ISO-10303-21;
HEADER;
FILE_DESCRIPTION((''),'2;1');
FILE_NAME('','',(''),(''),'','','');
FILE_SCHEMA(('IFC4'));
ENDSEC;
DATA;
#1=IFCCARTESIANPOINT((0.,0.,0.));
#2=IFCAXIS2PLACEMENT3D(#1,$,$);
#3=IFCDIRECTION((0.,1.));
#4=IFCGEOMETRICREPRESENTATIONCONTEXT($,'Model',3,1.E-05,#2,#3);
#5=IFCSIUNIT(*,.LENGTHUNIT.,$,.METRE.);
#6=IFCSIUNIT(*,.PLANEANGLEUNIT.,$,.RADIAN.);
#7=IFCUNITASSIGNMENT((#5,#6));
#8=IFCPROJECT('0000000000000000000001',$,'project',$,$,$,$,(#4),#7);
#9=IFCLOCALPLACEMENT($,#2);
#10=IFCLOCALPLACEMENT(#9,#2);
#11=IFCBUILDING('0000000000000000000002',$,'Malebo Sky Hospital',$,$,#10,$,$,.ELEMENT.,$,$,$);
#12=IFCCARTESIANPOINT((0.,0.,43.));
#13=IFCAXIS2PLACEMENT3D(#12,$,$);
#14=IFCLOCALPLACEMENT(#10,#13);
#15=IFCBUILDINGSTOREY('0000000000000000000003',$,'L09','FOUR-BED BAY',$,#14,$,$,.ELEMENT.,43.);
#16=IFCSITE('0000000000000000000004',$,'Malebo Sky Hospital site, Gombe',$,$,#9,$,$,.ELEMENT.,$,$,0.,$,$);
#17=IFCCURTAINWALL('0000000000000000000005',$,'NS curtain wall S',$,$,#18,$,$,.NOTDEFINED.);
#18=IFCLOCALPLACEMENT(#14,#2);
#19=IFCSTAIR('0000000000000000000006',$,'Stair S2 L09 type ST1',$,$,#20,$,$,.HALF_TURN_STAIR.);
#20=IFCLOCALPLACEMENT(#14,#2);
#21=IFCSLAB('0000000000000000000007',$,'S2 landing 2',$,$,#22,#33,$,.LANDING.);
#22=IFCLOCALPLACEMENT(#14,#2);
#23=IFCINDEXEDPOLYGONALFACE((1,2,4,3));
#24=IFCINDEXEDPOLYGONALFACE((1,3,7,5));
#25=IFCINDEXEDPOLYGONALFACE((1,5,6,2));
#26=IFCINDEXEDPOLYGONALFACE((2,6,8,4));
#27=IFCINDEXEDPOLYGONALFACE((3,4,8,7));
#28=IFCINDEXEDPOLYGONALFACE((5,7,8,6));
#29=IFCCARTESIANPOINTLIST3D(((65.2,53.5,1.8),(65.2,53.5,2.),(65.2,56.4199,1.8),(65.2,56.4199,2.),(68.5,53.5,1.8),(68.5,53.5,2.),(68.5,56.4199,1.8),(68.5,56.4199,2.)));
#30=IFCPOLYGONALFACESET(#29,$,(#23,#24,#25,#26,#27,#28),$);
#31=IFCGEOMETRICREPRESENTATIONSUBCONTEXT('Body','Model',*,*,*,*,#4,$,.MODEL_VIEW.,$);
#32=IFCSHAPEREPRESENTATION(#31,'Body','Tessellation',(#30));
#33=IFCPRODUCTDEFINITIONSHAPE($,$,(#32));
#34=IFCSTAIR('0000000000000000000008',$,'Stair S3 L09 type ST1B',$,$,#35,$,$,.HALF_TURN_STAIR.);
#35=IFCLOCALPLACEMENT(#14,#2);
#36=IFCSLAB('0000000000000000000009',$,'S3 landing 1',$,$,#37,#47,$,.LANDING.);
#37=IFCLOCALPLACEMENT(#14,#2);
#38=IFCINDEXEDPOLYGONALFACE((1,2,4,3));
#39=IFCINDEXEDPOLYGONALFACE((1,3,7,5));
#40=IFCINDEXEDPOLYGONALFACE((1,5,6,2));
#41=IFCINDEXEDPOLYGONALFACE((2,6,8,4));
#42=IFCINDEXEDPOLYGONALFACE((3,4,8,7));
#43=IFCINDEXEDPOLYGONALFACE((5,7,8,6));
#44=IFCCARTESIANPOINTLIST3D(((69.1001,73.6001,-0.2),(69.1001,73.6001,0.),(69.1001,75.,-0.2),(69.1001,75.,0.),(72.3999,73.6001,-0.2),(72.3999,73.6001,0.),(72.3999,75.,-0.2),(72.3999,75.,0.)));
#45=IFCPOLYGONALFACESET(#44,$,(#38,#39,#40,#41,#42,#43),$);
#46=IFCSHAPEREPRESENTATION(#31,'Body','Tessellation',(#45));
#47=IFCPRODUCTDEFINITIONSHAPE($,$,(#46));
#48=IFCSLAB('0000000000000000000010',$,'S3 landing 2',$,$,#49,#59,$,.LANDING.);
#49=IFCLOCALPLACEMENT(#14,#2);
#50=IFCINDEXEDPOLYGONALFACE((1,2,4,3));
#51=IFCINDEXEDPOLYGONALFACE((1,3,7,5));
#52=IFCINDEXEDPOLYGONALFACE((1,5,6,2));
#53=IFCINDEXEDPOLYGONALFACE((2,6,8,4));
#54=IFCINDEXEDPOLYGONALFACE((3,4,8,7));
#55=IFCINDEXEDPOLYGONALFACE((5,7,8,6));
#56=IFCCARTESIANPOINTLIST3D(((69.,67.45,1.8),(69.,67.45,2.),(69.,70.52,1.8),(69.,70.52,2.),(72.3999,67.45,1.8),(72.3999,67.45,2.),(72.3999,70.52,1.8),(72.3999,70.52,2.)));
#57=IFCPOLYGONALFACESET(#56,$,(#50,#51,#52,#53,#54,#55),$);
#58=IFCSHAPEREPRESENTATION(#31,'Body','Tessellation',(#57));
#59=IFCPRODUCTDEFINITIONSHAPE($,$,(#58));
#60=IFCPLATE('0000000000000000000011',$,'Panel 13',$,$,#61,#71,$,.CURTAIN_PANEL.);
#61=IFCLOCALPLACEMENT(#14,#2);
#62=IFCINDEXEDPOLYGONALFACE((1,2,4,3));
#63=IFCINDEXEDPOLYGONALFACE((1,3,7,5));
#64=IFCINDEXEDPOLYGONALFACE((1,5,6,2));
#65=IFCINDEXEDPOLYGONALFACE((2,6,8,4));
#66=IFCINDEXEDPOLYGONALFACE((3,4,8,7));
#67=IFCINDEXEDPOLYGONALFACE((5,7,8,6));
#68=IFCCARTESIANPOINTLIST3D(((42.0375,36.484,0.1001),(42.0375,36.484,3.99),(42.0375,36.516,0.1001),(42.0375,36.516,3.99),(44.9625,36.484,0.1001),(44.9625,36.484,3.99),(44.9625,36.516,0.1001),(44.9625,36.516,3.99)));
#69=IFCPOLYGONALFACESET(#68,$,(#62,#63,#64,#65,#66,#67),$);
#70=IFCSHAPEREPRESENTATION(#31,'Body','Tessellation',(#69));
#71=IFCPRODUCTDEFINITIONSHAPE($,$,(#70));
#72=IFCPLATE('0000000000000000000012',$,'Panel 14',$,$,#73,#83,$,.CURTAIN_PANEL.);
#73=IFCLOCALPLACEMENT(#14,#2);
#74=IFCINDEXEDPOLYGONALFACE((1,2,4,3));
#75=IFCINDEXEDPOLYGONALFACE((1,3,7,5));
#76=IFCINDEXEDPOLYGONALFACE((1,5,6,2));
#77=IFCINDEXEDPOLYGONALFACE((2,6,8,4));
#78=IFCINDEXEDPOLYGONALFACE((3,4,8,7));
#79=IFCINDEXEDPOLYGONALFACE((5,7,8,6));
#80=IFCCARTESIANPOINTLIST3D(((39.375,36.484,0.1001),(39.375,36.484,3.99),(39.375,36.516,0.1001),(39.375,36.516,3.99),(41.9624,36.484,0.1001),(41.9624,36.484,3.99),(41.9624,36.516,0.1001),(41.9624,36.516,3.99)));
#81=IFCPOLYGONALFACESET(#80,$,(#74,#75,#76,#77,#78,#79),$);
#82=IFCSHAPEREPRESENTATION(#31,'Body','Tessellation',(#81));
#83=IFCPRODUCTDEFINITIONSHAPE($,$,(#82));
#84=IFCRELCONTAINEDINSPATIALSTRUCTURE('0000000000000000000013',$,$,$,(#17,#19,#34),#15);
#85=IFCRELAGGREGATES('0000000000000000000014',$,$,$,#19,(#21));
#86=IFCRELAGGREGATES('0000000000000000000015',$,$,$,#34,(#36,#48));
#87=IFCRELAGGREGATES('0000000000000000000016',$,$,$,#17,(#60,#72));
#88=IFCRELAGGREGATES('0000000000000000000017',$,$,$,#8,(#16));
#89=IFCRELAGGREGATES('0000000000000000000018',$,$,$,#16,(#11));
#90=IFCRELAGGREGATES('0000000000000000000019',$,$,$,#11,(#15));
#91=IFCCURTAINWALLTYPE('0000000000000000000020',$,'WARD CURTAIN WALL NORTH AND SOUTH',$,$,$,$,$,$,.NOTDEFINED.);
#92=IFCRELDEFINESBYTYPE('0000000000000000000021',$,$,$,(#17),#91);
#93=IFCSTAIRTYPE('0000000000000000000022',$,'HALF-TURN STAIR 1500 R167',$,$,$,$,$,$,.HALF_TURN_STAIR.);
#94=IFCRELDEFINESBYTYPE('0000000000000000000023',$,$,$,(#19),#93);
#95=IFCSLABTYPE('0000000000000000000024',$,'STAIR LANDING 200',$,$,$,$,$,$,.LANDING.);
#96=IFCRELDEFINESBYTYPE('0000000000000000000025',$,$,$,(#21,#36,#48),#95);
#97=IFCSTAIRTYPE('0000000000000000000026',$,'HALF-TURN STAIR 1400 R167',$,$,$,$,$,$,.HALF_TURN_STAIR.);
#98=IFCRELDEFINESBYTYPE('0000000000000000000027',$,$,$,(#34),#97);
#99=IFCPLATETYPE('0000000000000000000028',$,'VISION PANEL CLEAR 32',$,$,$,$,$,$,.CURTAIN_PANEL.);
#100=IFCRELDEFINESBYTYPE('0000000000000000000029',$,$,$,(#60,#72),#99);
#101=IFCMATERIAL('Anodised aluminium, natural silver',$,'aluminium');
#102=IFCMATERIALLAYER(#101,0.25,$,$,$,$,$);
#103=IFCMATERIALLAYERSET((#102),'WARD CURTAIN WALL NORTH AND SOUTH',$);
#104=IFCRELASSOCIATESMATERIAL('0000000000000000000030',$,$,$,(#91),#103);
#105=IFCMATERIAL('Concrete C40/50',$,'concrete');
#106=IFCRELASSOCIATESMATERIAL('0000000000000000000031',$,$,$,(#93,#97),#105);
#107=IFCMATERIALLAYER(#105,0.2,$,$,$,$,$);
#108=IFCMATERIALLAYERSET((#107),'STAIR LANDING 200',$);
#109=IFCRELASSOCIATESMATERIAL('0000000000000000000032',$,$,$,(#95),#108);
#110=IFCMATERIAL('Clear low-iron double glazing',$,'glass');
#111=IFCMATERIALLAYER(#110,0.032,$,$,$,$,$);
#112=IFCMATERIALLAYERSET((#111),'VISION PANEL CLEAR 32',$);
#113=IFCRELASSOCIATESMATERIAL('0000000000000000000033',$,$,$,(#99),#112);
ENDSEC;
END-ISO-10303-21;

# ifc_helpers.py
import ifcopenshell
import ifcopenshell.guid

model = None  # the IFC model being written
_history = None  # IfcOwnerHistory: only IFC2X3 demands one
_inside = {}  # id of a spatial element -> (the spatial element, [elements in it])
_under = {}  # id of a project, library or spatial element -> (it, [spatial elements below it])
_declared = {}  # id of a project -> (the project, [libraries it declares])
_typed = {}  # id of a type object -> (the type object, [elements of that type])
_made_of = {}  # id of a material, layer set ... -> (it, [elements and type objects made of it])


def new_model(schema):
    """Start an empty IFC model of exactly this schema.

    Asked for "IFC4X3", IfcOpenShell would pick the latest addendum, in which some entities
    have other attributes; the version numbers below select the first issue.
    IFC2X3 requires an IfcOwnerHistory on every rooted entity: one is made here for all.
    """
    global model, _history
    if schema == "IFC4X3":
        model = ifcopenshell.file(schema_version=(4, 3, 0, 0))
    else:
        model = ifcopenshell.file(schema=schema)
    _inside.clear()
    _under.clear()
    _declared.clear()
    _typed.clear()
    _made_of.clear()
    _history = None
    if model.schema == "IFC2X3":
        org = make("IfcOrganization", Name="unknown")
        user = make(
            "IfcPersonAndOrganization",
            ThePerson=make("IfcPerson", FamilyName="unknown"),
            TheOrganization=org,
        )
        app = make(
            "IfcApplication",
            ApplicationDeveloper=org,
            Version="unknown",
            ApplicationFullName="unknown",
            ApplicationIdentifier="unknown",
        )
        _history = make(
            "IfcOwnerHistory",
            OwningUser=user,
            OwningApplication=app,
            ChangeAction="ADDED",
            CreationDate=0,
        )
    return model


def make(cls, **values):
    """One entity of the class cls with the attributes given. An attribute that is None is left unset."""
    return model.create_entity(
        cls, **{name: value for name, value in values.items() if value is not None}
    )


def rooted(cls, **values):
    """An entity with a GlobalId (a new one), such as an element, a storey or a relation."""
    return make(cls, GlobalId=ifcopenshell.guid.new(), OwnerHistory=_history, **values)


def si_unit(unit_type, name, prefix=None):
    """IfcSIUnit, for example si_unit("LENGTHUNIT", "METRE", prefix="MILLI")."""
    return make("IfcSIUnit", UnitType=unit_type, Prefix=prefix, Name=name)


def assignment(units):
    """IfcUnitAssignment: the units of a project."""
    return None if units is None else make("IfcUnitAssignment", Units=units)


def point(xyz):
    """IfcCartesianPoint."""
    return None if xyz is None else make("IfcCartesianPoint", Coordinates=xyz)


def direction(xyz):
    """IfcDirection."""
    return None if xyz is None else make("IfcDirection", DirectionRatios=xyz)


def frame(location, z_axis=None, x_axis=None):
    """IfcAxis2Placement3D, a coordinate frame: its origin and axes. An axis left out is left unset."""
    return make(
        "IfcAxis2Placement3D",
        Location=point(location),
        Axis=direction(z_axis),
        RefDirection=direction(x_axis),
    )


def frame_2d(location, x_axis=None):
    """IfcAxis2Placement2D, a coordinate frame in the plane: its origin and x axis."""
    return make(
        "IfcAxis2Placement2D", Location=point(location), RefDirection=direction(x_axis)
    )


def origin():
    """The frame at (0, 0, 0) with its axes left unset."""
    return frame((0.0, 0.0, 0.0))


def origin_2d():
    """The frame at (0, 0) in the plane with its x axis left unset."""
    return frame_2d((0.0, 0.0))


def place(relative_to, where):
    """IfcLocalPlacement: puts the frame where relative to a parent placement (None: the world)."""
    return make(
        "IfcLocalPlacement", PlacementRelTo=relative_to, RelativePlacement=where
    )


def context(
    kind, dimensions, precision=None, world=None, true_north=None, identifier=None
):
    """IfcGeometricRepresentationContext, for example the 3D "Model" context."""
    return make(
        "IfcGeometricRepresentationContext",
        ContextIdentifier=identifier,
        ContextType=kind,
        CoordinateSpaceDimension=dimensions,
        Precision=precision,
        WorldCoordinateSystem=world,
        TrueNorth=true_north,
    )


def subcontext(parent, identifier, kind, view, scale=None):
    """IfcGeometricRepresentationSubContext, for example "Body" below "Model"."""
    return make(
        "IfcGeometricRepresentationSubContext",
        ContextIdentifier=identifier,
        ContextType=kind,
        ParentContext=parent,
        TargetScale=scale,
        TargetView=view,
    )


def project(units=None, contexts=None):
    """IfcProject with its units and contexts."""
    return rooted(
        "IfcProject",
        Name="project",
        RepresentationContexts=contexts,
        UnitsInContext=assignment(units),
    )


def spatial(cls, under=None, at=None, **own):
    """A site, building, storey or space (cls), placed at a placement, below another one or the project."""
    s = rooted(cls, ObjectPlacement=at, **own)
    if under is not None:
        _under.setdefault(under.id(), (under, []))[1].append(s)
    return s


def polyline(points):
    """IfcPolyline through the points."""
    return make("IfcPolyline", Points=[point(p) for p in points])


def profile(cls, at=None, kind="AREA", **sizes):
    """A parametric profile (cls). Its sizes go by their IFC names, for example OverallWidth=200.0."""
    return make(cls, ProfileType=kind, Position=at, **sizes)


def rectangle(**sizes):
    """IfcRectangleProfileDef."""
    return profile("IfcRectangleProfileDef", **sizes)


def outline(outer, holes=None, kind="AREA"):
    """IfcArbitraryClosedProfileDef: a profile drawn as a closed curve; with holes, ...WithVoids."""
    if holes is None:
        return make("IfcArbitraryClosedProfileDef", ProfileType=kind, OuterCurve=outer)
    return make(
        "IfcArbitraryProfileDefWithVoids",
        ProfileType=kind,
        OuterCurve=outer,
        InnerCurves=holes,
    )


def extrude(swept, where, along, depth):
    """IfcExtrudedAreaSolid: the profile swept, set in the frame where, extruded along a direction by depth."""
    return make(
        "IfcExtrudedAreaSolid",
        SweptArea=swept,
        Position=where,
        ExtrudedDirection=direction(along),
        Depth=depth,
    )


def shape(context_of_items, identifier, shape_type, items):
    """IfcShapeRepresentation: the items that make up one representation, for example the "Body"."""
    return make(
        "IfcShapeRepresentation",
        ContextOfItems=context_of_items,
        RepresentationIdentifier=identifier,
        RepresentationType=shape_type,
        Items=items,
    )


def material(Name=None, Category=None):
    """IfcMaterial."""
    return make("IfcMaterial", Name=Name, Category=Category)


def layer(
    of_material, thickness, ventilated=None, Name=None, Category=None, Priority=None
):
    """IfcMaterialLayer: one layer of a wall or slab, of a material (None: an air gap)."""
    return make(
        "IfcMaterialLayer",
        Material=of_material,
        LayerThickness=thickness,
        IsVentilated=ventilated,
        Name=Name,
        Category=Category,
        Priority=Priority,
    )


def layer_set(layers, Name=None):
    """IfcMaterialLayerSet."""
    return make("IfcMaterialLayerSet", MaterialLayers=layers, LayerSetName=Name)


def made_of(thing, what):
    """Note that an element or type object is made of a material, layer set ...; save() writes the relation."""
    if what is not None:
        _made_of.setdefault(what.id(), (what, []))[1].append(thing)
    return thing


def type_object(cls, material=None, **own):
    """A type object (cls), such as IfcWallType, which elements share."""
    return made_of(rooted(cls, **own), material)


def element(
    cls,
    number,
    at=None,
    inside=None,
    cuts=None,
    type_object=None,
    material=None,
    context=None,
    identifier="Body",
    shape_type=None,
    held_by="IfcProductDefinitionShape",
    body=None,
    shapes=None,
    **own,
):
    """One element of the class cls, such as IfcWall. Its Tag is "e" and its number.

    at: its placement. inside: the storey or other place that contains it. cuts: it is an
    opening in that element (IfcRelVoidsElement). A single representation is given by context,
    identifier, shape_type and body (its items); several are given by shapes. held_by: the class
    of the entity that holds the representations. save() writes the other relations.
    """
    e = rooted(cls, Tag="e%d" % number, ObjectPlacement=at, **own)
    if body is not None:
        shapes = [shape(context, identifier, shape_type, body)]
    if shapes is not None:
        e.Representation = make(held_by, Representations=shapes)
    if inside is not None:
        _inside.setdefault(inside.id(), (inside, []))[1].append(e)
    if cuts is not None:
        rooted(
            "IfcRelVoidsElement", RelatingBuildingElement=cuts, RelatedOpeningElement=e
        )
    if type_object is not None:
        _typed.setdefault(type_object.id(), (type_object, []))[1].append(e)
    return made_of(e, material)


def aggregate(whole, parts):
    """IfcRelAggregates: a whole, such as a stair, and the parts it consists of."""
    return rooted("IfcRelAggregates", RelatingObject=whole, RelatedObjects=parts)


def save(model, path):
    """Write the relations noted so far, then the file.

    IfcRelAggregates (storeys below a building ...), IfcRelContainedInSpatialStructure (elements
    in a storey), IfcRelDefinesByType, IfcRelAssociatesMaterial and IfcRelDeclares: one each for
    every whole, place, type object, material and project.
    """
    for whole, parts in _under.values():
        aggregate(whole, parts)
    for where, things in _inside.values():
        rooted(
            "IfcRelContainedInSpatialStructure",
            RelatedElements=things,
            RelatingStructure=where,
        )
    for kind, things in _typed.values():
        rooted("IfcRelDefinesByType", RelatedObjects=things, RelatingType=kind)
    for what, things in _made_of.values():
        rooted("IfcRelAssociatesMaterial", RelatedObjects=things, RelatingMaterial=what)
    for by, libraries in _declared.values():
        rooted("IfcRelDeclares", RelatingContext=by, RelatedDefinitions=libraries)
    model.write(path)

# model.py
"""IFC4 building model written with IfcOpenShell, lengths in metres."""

from ifc_helpers import new_model, si_unit, direction, frame, origin, origin_2d, place, context, subcontext, project, spatial, polyline, rectangle, outline, extrude, material, layer, layer_set, type_object, element, aggregate, save


model = new_model("IFC4")

# Units and contexts
model_context = context("Model", 3, precision=1e-05, world=origin(), true_north=direction((0.0, 1.0)))
body_context = subcontext(model_context, "Body", "Model", "MODEL_VIEW")
ifc_project = project(units=[si_unit("LENGTHUNIT", "METRE"), si_unit("PLANEANGLEUNIT", "RADIAN")], contexts=[model_context])

# Site, building, storey
site_placement = place(None, origin())
site = spatial("IfcSite", under=ifc_project, at=site_placement, Name="Malebo Sky Hospital site, Gombe", CompositionType="ELEMENT", RefElevation=0.0)
building_placement = place(site_placement, origin())
building = spatial("IfcBuilding", under=site, at=building_placement, Name="Malebo Sky Hospital", CompositionType="ELEMENT")
storey_placement = place(building_placement, frame((0.0, 0.0, 43.0)))
storey = spatial("IfcBuildingStorey", under=building, at=storey_placement, Name="L09", Description="FOUR-BED BAY", CompositionType="ELEMENT", Elevation=43.0)

# Curtain wall
ifc_material_1 = material(Name="Anodised aluminium, natural silver", Category="aluminium")
ifc_layer_1 = layer(ifc_material_1, 0.25)
ifc_layer_set_1 = layer_set([ifc_layer_1], Name="WARD CURTAIN WALL NORTH AND SOUTH")
curtain_wall_type = type_object("IfcCurtainWallType", Name="WARD CURTAIN WALL NORTH AND SOUTH", PredefinedType="NOTDEFINED", material=ifc_layer_set_1)
curtain_wall_placement = place(storey_placement, origin())
curtain_wall = element("IfcCurtainWall", 1, at=curtain_wall_placement, inside=storey, type_object=curtain_wall_type, Name="NS curtain wall S", PredefinedType="NOTDEFINED")

# Shared definitions
ifc_material_2 = material(Name="Concrete C40/50", Category="concrete")

# Stairs, slabs
stair_type_1 = type_object("IfcStairType", Name="HALF-TURN STAIR 1500 R167", PredefinedType="HALF_TURN_STAIR", material=ifc_material_2)
ifc_layer_2 = layer(ifc_material_2, 0.2)
ifc_layer_set_2 = layer_set([ifc_layer_2], Name="STAIR LANDING 200")
slab_type_1 = type_object("IfcSlabType", Name="STAIR LANDING 200", PredefinedType="LANDING", material=ifc_layer_set_2)
stair_1_placement = place(storey_placement, origin())
stair_1 = element("IfcStair", 2, at=stair_1_placement, inside=storey, type_object=stair_type_1, Name="Stair S2 L09 type ST1", PredefinedType="HALF_TURN_STAIR")
slab_1_placement = place(storey_placement, frame((0.0, 0.0, 1.8)))
slab_1 = element("IfcSlab", 3, at=slab_1_placement, type_object=slab_type_1, Name="S2 landing 2", PredefinedType="LANDING", context=body_context, shape_type="SweptSolid", body=[
    extrude(outline(polyline([(65.2, 53.5), (68.5, 53.5), (68.5, 56.4199), (65.2, 56.4199), (65.2, 53.5)])), origin(), (0.0, 0.0, 1.0), 0.2),
])
aggregate(stair_1, [slab_1])
stair_type_2 = type_object("IfcStairType", Name="HALF-TURN STAIR 1400 R167", PredefinedType="HALF_TURN_STAIR", material=ifc_material_2)
stair_2_placement = place(storey_placement, origin())
stair_2 = element("IfcStair", 4, at=stair_2_placement, inside=storey, type_object=stair_type_2, Name="Stair S3 L09 type ST1B", PredefinedType="HALF_TURN_STAIR")
slab_2_placement = place(storey_placement, frame((0.0, 0.0, -0.2)))
slab_2 = element("IfcSlab", 5, at=slab_2_placement, type_object=slab_type_1, Name="S3 landing 1", PredefinedType="LANDING", context=body_context, shape_type="SweptSolid", body=[
    extrude(outline(polyline([(69.1001, 73.6001), (72.3999, 73.6001), (72.3999, 75.0), (69.1001, 75.0), (69.1001, 73.6001)])), origin(), (0.0, 0.0, 1.0), 0.2),
])
slab_3_placement = place(storey_placement, frame((0.0, 0.0, 1.8)))
slab_3 = element("IfcSlab", 6, at=slab_3_placement, type_object=slab_type_1, Name="S3 landing 2", PredefinedType="LANDING", context=body_context, shape_type="SweptSolid", body=[
    extrude(outline(polyline([(69.0, 67.45), (72.3999, 67.45), (72.3999, 70.52), (69.0, 70.52), (69.0, 67.45)])), origin(), (0.0, 0.0, 1.0), 0.2),
])
aggregate(stair_2, [slab_2, slab_3])

# Plates
ifc_material_3 = material(Name="Clear low-iron double glazing", Category="glass")
ifc_layer_3 = layer(ifc_material_3, 0.032)
ifc_layer_set_3 = layer_set([ifc_layer_3], Name="VISION PANEL CLEAR 32")
plate_type = type_object("IfcPlateType", Name="VISION PANEL CLEAR 32", PredefinedType="CURTAIN_PANEL", material=ifc_layer_set_3)
plate_1_placement = place(storey_placement, frame((43.5, 36.5, 0.1001), z_axis=(0.0, 0.0, 1.0), x_axis=(-1.0, 0.0, 0.0)))
plate_1 = element("IfcPlate", 7, at=plate_1_placement, type_object=plate_type, Name="Panel 13", PredefinedType="CURTAIN_PANEL", context=body_context, shape_type="SweptSolid", body=[
    extrude(rectangle(XDim=2.925, YDim=0.032, at=origin_2d()), origin(), (0.0, 0.0, 1.0), 3.8899),
])
plate_2_placement = place(storey_placement, frame((40.6687, 36.5, 0.1001), z_axis=(0.0, 0.0, 1.0), x_axis=(-1.0, 0.0, 0.0)))
plate_2 = element("IfcPlate", 8, at=plate_2_placement, type_object=plate_type, Name="Panel 14", PredefinedType="CURTAIN_PANEL", context=body_context, shape_type="SweptSolid", body=[
    extrude(rectangle(XDim=2.5874, YDim=0.032, at=origin_2d()), origin(), (0.0, 0.0, 1.0), 3.8899),
])
aggregate(curtain_wall, [plate_1, plate_2])

save(model, "model.ifc")
